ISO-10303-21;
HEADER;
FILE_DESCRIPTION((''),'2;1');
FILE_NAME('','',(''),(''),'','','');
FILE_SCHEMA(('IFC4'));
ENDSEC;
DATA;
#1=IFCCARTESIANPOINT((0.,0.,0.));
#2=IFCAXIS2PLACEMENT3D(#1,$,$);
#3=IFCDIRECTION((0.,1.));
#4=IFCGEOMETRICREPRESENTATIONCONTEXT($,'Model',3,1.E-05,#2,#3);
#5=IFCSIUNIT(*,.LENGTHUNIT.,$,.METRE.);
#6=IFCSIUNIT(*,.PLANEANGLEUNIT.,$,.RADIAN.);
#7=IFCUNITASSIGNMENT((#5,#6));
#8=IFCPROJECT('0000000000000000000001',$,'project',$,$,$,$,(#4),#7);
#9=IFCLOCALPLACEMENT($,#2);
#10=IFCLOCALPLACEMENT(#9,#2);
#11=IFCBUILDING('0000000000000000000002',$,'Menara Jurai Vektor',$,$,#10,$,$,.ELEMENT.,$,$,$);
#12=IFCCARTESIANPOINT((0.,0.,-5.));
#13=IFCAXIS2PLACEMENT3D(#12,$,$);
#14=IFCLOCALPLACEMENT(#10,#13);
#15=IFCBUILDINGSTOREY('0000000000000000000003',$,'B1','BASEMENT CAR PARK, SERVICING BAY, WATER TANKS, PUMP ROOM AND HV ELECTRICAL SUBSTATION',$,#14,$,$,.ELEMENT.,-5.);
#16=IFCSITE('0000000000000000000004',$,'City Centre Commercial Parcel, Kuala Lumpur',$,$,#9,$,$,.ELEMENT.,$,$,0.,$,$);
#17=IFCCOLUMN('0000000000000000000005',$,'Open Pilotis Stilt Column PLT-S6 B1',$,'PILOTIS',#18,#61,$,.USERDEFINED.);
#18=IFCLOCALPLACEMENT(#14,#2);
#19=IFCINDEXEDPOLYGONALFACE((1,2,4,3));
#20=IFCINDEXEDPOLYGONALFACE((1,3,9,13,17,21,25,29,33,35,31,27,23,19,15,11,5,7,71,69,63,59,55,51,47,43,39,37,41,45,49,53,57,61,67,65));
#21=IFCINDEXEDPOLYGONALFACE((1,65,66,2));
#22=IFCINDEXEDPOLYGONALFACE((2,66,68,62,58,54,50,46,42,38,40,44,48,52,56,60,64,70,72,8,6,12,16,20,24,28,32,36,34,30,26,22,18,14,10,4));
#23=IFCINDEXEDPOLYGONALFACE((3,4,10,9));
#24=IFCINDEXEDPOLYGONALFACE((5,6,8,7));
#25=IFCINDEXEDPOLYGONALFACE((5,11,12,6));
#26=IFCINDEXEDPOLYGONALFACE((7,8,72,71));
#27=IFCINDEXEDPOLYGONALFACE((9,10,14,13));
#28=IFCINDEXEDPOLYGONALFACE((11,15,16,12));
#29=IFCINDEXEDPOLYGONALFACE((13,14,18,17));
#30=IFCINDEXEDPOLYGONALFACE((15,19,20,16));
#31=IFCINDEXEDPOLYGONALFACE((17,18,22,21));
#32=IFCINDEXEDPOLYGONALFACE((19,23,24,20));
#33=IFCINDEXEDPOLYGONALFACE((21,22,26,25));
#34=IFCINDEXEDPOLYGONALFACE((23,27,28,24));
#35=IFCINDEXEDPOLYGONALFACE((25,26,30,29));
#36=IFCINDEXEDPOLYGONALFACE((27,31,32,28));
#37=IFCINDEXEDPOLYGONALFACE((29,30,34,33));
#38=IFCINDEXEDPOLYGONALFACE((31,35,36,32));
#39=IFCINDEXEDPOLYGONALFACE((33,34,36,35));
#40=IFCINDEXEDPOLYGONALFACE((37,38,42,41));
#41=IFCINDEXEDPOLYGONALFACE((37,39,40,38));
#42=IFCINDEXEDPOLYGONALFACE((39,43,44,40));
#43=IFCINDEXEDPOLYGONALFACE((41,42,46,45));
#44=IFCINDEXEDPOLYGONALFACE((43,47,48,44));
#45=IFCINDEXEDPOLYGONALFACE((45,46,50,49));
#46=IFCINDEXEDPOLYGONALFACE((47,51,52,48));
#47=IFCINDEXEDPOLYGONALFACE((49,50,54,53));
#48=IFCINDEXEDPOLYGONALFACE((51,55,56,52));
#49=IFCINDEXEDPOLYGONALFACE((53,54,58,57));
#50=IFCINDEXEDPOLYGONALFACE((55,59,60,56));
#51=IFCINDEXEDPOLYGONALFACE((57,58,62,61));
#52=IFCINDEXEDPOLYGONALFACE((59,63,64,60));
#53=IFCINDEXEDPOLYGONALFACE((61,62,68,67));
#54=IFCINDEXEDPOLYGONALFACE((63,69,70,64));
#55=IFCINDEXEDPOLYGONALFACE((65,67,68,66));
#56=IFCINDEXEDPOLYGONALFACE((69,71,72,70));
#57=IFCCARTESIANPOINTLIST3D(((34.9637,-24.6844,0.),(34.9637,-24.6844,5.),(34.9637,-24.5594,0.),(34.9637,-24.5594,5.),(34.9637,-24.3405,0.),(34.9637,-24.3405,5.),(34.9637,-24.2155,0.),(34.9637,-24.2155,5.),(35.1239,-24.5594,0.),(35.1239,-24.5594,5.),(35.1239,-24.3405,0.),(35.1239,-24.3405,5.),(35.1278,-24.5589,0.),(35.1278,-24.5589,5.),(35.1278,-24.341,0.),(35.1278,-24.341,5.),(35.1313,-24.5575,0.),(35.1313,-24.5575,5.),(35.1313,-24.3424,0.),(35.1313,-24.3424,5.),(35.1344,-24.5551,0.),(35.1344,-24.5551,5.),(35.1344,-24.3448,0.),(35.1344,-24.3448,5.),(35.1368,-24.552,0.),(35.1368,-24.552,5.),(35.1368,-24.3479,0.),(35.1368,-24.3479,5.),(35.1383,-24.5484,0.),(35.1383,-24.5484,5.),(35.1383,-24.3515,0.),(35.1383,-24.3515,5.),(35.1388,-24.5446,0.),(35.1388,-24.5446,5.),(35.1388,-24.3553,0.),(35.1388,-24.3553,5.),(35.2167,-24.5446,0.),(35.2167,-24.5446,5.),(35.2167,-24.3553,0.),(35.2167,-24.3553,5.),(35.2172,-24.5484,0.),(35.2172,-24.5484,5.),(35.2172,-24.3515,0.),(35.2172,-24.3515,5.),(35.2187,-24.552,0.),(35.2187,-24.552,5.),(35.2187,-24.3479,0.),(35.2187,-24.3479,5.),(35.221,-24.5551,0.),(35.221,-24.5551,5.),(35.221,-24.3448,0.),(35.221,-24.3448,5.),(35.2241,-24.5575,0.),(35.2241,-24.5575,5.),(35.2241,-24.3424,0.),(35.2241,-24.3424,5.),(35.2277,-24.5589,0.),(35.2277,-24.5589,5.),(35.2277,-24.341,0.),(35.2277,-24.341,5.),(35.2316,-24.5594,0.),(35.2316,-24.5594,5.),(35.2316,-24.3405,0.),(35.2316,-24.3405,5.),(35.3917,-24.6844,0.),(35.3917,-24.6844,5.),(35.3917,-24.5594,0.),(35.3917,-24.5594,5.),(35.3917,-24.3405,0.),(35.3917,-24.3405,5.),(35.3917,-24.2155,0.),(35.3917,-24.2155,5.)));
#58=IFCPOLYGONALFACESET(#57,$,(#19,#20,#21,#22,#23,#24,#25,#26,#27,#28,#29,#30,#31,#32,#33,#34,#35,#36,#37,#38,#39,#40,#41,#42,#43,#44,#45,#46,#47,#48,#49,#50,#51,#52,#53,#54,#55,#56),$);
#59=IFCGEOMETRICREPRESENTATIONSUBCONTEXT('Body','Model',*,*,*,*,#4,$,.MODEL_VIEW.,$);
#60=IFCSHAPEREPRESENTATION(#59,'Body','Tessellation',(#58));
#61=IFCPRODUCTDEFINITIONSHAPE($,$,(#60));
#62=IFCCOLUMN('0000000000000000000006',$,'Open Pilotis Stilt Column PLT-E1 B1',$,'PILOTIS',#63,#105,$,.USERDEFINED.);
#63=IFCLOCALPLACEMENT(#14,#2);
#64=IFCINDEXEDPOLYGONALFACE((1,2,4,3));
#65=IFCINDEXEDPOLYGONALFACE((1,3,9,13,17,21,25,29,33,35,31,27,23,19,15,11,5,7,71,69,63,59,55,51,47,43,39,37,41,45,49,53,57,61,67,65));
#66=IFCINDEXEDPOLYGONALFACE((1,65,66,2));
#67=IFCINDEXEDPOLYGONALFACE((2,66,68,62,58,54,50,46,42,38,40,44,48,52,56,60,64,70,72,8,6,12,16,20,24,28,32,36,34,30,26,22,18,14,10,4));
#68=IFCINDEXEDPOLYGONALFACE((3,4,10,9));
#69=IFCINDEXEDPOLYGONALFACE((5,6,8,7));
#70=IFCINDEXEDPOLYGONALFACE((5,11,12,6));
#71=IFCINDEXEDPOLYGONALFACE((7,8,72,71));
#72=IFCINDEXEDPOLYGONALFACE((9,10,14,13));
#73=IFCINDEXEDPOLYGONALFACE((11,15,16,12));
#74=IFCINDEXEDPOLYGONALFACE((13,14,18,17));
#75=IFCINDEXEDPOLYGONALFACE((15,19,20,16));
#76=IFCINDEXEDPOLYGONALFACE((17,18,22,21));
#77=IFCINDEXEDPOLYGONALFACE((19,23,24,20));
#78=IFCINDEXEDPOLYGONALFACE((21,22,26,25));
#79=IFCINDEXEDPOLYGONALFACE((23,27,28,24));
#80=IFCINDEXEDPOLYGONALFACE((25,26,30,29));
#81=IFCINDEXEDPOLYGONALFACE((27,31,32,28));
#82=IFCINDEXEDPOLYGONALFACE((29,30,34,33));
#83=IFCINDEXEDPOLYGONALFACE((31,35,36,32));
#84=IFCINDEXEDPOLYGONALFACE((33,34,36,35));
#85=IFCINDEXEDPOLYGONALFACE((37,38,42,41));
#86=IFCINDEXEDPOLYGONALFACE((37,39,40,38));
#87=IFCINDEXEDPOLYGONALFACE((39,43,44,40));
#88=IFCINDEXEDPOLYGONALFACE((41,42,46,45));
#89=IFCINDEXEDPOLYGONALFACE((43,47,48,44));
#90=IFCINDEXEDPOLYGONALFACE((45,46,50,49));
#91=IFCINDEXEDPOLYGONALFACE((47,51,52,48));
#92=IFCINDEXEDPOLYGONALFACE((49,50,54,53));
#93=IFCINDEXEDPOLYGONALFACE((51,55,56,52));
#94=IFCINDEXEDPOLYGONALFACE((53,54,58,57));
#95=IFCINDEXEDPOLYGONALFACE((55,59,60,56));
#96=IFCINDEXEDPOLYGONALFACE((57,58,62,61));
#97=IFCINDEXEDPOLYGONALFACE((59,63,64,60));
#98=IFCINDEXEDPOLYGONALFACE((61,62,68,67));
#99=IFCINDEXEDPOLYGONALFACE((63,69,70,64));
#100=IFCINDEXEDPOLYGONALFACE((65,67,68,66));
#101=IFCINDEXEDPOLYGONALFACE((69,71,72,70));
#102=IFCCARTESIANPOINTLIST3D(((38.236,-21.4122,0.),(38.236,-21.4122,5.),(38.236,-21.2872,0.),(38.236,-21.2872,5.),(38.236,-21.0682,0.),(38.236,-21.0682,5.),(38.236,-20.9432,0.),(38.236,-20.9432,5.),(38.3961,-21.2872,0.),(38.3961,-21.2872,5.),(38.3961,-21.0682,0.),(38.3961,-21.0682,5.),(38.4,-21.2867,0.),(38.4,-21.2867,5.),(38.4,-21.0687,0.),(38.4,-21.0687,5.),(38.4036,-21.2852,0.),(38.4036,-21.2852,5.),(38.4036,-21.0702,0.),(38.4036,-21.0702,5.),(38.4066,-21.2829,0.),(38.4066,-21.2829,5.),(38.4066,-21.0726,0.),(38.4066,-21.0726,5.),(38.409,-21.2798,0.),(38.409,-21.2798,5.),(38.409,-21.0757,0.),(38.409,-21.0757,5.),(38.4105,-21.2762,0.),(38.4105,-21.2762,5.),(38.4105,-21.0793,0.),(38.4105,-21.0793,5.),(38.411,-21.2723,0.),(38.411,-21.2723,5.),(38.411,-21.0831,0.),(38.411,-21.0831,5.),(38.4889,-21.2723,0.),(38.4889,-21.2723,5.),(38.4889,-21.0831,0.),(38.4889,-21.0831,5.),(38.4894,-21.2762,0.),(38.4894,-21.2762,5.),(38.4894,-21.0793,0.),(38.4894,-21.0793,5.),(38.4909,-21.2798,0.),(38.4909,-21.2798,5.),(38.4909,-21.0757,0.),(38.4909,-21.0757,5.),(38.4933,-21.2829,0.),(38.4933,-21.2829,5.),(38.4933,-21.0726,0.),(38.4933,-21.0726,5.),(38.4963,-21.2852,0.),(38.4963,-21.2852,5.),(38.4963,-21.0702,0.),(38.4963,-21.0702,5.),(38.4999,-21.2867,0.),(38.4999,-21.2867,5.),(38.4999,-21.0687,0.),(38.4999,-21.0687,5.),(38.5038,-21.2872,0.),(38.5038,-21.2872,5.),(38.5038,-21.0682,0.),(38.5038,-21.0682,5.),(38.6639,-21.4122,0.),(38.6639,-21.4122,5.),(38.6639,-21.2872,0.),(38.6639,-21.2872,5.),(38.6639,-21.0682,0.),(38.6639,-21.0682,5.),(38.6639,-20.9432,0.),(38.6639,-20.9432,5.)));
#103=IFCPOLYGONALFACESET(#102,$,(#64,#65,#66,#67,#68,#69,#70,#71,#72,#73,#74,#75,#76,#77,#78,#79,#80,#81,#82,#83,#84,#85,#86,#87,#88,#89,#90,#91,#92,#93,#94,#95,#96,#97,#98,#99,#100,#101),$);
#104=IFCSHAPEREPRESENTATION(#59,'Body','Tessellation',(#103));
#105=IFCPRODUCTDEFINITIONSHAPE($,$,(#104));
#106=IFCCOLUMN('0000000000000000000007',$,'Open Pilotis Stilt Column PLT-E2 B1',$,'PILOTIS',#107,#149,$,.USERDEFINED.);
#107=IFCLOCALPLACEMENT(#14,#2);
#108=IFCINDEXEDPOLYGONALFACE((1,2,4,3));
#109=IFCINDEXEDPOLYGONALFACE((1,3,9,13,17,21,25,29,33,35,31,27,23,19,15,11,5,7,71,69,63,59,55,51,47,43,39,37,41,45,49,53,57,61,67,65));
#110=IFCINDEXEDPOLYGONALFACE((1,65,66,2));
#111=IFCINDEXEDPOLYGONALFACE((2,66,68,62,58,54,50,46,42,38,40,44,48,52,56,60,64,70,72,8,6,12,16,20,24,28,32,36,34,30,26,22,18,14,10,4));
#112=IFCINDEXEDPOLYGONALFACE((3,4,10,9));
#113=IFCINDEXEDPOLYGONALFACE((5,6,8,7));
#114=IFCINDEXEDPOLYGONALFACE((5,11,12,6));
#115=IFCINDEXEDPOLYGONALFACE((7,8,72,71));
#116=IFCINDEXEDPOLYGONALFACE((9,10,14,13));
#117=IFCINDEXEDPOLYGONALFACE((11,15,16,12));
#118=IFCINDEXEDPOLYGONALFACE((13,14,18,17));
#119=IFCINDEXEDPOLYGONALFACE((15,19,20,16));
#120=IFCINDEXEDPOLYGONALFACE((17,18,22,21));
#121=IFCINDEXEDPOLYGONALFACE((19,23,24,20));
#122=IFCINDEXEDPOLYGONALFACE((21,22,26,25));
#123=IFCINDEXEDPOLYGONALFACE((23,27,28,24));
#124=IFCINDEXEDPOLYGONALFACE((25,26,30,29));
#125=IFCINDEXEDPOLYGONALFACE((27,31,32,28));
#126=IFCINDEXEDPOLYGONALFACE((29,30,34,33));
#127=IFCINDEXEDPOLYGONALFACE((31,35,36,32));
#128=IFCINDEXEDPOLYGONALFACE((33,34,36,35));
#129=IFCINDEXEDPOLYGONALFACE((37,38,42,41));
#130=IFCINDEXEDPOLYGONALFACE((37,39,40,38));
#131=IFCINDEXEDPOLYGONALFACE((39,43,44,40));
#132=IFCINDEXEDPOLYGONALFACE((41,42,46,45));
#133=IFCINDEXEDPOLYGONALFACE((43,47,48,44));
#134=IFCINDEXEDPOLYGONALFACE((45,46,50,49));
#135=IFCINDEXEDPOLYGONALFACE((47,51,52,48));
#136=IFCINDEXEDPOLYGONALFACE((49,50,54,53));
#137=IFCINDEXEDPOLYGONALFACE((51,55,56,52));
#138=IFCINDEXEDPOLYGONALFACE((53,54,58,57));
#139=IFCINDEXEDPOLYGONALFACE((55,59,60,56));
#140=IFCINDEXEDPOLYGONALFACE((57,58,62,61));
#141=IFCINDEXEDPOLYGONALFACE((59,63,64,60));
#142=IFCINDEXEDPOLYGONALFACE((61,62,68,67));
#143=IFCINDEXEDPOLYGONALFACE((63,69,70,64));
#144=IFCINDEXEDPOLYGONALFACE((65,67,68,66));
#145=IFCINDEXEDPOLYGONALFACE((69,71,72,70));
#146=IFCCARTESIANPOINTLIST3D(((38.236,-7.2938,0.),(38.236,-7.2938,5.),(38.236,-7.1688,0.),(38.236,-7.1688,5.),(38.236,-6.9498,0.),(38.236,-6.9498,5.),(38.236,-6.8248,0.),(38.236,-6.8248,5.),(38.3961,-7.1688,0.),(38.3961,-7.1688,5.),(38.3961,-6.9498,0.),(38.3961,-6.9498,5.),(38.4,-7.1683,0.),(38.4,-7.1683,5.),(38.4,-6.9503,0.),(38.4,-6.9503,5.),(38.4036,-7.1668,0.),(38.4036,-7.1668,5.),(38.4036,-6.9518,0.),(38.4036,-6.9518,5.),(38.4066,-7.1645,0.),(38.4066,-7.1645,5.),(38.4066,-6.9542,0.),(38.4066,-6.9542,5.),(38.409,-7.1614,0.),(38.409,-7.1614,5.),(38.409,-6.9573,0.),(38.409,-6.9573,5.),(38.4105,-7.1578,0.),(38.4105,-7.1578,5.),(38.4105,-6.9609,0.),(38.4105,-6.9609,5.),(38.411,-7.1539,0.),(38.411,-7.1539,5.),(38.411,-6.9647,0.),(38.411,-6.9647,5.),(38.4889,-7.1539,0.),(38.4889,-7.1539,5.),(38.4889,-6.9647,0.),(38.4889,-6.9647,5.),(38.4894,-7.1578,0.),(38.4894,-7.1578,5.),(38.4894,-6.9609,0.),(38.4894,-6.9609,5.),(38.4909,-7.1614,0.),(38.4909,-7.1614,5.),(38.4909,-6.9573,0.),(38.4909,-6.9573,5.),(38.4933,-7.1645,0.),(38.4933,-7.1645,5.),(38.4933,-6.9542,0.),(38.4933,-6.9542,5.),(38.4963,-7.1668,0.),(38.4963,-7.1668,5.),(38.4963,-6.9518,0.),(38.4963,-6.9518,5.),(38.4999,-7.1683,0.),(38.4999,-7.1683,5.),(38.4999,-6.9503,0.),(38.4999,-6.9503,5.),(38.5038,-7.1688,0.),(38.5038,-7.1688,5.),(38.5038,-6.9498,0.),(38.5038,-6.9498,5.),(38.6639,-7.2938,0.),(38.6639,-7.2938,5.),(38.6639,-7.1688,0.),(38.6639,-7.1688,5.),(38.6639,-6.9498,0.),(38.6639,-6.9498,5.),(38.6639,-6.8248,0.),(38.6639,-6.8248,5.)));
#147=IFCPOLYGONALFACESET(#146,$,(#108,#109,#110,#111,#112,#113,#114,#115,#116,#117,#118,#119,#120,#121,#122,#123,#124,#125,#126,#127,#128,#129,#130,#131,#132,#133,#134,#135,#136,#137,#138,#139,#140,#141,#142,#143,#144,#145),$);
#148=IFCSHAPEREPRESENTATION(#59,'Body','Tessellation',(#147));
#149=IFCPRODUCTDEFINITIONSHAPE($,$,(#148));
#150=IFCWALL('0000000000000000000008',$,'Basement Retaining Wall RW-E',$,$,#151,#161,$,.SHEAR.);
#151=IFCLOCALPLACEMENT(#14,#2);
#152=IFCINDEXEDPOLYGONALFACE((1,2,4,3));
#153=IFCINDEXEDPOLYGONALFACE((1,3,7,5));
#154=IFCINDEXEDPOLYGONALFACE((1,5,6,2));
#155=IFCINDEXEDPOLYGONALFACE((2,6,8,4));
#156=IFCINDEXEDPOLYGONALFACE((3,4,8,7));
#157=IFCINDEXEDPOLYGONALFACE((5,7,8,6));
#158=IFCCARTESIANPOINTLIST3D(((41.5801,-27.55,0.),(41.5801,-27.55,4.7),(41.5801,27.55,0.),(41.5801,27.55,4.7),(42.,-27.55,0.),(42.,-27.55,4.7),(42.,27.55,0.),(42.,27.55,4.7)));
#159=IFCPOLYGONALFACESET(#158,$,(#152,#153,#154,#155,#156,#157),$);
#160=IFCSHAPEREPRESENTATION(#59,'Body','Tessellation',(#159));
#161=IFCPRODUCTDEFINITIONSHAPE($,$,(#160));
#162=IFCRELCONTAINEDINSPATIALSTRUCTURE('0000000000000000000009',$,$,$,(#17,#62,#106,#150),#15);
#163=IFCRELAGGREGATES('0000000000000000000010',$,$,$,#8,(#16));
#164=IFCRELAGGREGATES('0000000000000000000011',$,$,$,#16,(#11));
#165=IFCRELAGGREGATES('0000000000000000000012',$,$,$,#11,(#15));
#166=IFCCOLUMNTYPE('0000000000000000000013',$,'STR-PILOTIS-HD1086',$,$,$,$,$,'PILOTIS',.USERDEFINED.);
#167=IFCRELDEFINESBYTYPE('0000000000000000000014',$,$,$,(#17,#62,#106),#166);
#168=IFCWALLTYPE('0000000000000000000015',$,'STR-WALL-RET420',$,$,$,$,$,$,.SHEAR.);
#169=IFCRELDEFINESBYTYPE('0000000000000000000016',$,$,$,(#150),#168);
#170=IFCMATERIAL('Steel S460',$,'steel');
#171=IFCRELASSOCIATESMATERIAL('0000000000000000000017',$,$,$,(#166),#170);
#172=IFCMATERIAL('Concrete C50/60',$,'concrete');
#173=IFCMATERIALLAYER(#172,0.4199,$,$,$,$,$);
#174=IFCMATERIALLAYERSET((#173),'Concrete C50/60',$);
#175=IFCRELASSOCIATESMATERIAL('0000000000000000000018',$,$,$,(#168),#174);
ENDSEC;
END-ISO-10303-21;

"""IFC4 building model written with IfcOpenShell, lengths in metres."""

from ifc_helpers import new_model, si_unit, direction, frame, frame_2d, origin, origin_2d, place, context, subcontext, project, spatial, rectangle, i_section, extrude, material, layer, layer_set, material_profile, profile_set, type_object, element, save


model = new_model("IFC4")

# Units and contexts
model_context = context("Model", 3, precision=1e-05, world=origin(), true_north=direction((0.0, 1.0)))
body_context = subcontext(model_context, "Body", "Model", "MODEL_VIEW")
ifc_project = project(units=[si_unit("LENGTHUNIT", "METRE"), si_unit("PLANEANGLEUNIT", "RADIAN")], contexts=[model_context])

# Site, building, storey
site_placement = place(None, origin())
site = spatial("IfcSite", under=ifc_project, at=site_placement, Name="City Centre Commercial Parcel, Kuala Lumpur", CompositionType="ELEMENT", RefElevation=0.0)
building_placement = place(site_placement, origin())
building = spatial("IfcBuilding", under=site, at=building_placement, Name="Menara Jurai Vektor", CompositionType="ELEMENT")
storey_placement = place(building_placement, frame((0.0, 0.0, -5.0)))
storey = spatial("IfcBuildingStorey", under=building, at=storey_placement, Name="B1", Description="BASEMENT CAR PARK, SERVICING BAY, WATER TANKS, PUMP ROOM AND HV ELECTRICAL SUBSTATION", CompositionType="ELEMENT", Elevation=-5.0)

# Shared definitions
ifc_material_1 = material(Name="Concrete C50/60", Category="concrete")

# Columns
ifc_material_2 = material(Name="Steel S460", Category="steel")
ifc_material_profile_1 = material_profile(ifc_material_2, i_section(OverallWidth=0.428, OverallDepth=0.469, WebThickness=0.0779, FlangeThickness=0.125, FilletRadius=0.0149, at=origin_2d()), Name="HD 400x1086")
ifc_profile_set_1 = profile_set([ifc_material_profile_1], Name="Steel S460")
column_type_1 = type_object("IfcColumnType", Name="STR-PILOTIS-HD1086", ElementType="PILOTIS", PredefinedType="USERDEFINED", material=ifc_profile_set_1)
for number, where, z_axis, x_axis, name in (
    (1, (35.1777, -24.45, 0.0), (0.0, 0.0, 1.0), (1.0, 0.0, 0.0), "Open Pilotis Stilt Column PLT-S6 B1"),
    (2, (38.45, -21.1777, 0.0), (0.0, 0.0, 1.0), (1.0, 0.0, 0.0), "Open Pilotis Stilt Column PLT-E1 B1"),
    (3, (38.45, -7.0593, 0.0), (0.0, 0.0, 1.0), (1.0, 0.0, 0.0), "Open Pilotis Stilt Column PLT-E2 B1"),
):
    element("IfcColumn", number, at=place(storey_placement, frame(where, z_axis=z_axis, x_axis=x_axis)), inside=storey, type_object=column_type_1, Name=name, ObjectType="PILOTIS", PredefinedType="USERDEFINED", context=body_context, shape_type="SweptSolid", body=[
        extrude(i_section(OverallWidth=0.428, OverallDepth=0.469, WebThickness=0.0779, FlangeThickness=0.125, FilletRadius=0.0149, at=origin_2d()), origin(), (0.0, 0.0, 1.0), 5.0),
    ])

# Wall
ifc_layer_1 = layer(ifc_material_1, 0.4199)
ifc_layer_set_1 = layer_set([ifc_layer_1], Name="Concrete C50/60")
wall_type = type_object("IfcWallType", Name="STR-WALL-RET420", PredefinedType="SHEAR", material=ifc_layer_set_1)
wall_placement = place(storey_placement, frame((41.79, -27.55, 0.0), z_axis=(0.0, 0.0, 1.0), x_axis=(0.0, 1.0, 0.0)))
element("IfcWall", 4, at=wall_placement, inside=storey, type_object=wall_type, Name="Basement Retaining Wall RW-E", PredefinedType="SHEAR", context=body_context, shape_type="SweptSolid", body=[
    extrude(rectangle(XDim=55.1001, YDim=0.4199, at=frame_2d((27.55, 0.0))), origin(), (0.0, 0.0, 1.0), 4.7),
])

save(model, "model.ifc")
